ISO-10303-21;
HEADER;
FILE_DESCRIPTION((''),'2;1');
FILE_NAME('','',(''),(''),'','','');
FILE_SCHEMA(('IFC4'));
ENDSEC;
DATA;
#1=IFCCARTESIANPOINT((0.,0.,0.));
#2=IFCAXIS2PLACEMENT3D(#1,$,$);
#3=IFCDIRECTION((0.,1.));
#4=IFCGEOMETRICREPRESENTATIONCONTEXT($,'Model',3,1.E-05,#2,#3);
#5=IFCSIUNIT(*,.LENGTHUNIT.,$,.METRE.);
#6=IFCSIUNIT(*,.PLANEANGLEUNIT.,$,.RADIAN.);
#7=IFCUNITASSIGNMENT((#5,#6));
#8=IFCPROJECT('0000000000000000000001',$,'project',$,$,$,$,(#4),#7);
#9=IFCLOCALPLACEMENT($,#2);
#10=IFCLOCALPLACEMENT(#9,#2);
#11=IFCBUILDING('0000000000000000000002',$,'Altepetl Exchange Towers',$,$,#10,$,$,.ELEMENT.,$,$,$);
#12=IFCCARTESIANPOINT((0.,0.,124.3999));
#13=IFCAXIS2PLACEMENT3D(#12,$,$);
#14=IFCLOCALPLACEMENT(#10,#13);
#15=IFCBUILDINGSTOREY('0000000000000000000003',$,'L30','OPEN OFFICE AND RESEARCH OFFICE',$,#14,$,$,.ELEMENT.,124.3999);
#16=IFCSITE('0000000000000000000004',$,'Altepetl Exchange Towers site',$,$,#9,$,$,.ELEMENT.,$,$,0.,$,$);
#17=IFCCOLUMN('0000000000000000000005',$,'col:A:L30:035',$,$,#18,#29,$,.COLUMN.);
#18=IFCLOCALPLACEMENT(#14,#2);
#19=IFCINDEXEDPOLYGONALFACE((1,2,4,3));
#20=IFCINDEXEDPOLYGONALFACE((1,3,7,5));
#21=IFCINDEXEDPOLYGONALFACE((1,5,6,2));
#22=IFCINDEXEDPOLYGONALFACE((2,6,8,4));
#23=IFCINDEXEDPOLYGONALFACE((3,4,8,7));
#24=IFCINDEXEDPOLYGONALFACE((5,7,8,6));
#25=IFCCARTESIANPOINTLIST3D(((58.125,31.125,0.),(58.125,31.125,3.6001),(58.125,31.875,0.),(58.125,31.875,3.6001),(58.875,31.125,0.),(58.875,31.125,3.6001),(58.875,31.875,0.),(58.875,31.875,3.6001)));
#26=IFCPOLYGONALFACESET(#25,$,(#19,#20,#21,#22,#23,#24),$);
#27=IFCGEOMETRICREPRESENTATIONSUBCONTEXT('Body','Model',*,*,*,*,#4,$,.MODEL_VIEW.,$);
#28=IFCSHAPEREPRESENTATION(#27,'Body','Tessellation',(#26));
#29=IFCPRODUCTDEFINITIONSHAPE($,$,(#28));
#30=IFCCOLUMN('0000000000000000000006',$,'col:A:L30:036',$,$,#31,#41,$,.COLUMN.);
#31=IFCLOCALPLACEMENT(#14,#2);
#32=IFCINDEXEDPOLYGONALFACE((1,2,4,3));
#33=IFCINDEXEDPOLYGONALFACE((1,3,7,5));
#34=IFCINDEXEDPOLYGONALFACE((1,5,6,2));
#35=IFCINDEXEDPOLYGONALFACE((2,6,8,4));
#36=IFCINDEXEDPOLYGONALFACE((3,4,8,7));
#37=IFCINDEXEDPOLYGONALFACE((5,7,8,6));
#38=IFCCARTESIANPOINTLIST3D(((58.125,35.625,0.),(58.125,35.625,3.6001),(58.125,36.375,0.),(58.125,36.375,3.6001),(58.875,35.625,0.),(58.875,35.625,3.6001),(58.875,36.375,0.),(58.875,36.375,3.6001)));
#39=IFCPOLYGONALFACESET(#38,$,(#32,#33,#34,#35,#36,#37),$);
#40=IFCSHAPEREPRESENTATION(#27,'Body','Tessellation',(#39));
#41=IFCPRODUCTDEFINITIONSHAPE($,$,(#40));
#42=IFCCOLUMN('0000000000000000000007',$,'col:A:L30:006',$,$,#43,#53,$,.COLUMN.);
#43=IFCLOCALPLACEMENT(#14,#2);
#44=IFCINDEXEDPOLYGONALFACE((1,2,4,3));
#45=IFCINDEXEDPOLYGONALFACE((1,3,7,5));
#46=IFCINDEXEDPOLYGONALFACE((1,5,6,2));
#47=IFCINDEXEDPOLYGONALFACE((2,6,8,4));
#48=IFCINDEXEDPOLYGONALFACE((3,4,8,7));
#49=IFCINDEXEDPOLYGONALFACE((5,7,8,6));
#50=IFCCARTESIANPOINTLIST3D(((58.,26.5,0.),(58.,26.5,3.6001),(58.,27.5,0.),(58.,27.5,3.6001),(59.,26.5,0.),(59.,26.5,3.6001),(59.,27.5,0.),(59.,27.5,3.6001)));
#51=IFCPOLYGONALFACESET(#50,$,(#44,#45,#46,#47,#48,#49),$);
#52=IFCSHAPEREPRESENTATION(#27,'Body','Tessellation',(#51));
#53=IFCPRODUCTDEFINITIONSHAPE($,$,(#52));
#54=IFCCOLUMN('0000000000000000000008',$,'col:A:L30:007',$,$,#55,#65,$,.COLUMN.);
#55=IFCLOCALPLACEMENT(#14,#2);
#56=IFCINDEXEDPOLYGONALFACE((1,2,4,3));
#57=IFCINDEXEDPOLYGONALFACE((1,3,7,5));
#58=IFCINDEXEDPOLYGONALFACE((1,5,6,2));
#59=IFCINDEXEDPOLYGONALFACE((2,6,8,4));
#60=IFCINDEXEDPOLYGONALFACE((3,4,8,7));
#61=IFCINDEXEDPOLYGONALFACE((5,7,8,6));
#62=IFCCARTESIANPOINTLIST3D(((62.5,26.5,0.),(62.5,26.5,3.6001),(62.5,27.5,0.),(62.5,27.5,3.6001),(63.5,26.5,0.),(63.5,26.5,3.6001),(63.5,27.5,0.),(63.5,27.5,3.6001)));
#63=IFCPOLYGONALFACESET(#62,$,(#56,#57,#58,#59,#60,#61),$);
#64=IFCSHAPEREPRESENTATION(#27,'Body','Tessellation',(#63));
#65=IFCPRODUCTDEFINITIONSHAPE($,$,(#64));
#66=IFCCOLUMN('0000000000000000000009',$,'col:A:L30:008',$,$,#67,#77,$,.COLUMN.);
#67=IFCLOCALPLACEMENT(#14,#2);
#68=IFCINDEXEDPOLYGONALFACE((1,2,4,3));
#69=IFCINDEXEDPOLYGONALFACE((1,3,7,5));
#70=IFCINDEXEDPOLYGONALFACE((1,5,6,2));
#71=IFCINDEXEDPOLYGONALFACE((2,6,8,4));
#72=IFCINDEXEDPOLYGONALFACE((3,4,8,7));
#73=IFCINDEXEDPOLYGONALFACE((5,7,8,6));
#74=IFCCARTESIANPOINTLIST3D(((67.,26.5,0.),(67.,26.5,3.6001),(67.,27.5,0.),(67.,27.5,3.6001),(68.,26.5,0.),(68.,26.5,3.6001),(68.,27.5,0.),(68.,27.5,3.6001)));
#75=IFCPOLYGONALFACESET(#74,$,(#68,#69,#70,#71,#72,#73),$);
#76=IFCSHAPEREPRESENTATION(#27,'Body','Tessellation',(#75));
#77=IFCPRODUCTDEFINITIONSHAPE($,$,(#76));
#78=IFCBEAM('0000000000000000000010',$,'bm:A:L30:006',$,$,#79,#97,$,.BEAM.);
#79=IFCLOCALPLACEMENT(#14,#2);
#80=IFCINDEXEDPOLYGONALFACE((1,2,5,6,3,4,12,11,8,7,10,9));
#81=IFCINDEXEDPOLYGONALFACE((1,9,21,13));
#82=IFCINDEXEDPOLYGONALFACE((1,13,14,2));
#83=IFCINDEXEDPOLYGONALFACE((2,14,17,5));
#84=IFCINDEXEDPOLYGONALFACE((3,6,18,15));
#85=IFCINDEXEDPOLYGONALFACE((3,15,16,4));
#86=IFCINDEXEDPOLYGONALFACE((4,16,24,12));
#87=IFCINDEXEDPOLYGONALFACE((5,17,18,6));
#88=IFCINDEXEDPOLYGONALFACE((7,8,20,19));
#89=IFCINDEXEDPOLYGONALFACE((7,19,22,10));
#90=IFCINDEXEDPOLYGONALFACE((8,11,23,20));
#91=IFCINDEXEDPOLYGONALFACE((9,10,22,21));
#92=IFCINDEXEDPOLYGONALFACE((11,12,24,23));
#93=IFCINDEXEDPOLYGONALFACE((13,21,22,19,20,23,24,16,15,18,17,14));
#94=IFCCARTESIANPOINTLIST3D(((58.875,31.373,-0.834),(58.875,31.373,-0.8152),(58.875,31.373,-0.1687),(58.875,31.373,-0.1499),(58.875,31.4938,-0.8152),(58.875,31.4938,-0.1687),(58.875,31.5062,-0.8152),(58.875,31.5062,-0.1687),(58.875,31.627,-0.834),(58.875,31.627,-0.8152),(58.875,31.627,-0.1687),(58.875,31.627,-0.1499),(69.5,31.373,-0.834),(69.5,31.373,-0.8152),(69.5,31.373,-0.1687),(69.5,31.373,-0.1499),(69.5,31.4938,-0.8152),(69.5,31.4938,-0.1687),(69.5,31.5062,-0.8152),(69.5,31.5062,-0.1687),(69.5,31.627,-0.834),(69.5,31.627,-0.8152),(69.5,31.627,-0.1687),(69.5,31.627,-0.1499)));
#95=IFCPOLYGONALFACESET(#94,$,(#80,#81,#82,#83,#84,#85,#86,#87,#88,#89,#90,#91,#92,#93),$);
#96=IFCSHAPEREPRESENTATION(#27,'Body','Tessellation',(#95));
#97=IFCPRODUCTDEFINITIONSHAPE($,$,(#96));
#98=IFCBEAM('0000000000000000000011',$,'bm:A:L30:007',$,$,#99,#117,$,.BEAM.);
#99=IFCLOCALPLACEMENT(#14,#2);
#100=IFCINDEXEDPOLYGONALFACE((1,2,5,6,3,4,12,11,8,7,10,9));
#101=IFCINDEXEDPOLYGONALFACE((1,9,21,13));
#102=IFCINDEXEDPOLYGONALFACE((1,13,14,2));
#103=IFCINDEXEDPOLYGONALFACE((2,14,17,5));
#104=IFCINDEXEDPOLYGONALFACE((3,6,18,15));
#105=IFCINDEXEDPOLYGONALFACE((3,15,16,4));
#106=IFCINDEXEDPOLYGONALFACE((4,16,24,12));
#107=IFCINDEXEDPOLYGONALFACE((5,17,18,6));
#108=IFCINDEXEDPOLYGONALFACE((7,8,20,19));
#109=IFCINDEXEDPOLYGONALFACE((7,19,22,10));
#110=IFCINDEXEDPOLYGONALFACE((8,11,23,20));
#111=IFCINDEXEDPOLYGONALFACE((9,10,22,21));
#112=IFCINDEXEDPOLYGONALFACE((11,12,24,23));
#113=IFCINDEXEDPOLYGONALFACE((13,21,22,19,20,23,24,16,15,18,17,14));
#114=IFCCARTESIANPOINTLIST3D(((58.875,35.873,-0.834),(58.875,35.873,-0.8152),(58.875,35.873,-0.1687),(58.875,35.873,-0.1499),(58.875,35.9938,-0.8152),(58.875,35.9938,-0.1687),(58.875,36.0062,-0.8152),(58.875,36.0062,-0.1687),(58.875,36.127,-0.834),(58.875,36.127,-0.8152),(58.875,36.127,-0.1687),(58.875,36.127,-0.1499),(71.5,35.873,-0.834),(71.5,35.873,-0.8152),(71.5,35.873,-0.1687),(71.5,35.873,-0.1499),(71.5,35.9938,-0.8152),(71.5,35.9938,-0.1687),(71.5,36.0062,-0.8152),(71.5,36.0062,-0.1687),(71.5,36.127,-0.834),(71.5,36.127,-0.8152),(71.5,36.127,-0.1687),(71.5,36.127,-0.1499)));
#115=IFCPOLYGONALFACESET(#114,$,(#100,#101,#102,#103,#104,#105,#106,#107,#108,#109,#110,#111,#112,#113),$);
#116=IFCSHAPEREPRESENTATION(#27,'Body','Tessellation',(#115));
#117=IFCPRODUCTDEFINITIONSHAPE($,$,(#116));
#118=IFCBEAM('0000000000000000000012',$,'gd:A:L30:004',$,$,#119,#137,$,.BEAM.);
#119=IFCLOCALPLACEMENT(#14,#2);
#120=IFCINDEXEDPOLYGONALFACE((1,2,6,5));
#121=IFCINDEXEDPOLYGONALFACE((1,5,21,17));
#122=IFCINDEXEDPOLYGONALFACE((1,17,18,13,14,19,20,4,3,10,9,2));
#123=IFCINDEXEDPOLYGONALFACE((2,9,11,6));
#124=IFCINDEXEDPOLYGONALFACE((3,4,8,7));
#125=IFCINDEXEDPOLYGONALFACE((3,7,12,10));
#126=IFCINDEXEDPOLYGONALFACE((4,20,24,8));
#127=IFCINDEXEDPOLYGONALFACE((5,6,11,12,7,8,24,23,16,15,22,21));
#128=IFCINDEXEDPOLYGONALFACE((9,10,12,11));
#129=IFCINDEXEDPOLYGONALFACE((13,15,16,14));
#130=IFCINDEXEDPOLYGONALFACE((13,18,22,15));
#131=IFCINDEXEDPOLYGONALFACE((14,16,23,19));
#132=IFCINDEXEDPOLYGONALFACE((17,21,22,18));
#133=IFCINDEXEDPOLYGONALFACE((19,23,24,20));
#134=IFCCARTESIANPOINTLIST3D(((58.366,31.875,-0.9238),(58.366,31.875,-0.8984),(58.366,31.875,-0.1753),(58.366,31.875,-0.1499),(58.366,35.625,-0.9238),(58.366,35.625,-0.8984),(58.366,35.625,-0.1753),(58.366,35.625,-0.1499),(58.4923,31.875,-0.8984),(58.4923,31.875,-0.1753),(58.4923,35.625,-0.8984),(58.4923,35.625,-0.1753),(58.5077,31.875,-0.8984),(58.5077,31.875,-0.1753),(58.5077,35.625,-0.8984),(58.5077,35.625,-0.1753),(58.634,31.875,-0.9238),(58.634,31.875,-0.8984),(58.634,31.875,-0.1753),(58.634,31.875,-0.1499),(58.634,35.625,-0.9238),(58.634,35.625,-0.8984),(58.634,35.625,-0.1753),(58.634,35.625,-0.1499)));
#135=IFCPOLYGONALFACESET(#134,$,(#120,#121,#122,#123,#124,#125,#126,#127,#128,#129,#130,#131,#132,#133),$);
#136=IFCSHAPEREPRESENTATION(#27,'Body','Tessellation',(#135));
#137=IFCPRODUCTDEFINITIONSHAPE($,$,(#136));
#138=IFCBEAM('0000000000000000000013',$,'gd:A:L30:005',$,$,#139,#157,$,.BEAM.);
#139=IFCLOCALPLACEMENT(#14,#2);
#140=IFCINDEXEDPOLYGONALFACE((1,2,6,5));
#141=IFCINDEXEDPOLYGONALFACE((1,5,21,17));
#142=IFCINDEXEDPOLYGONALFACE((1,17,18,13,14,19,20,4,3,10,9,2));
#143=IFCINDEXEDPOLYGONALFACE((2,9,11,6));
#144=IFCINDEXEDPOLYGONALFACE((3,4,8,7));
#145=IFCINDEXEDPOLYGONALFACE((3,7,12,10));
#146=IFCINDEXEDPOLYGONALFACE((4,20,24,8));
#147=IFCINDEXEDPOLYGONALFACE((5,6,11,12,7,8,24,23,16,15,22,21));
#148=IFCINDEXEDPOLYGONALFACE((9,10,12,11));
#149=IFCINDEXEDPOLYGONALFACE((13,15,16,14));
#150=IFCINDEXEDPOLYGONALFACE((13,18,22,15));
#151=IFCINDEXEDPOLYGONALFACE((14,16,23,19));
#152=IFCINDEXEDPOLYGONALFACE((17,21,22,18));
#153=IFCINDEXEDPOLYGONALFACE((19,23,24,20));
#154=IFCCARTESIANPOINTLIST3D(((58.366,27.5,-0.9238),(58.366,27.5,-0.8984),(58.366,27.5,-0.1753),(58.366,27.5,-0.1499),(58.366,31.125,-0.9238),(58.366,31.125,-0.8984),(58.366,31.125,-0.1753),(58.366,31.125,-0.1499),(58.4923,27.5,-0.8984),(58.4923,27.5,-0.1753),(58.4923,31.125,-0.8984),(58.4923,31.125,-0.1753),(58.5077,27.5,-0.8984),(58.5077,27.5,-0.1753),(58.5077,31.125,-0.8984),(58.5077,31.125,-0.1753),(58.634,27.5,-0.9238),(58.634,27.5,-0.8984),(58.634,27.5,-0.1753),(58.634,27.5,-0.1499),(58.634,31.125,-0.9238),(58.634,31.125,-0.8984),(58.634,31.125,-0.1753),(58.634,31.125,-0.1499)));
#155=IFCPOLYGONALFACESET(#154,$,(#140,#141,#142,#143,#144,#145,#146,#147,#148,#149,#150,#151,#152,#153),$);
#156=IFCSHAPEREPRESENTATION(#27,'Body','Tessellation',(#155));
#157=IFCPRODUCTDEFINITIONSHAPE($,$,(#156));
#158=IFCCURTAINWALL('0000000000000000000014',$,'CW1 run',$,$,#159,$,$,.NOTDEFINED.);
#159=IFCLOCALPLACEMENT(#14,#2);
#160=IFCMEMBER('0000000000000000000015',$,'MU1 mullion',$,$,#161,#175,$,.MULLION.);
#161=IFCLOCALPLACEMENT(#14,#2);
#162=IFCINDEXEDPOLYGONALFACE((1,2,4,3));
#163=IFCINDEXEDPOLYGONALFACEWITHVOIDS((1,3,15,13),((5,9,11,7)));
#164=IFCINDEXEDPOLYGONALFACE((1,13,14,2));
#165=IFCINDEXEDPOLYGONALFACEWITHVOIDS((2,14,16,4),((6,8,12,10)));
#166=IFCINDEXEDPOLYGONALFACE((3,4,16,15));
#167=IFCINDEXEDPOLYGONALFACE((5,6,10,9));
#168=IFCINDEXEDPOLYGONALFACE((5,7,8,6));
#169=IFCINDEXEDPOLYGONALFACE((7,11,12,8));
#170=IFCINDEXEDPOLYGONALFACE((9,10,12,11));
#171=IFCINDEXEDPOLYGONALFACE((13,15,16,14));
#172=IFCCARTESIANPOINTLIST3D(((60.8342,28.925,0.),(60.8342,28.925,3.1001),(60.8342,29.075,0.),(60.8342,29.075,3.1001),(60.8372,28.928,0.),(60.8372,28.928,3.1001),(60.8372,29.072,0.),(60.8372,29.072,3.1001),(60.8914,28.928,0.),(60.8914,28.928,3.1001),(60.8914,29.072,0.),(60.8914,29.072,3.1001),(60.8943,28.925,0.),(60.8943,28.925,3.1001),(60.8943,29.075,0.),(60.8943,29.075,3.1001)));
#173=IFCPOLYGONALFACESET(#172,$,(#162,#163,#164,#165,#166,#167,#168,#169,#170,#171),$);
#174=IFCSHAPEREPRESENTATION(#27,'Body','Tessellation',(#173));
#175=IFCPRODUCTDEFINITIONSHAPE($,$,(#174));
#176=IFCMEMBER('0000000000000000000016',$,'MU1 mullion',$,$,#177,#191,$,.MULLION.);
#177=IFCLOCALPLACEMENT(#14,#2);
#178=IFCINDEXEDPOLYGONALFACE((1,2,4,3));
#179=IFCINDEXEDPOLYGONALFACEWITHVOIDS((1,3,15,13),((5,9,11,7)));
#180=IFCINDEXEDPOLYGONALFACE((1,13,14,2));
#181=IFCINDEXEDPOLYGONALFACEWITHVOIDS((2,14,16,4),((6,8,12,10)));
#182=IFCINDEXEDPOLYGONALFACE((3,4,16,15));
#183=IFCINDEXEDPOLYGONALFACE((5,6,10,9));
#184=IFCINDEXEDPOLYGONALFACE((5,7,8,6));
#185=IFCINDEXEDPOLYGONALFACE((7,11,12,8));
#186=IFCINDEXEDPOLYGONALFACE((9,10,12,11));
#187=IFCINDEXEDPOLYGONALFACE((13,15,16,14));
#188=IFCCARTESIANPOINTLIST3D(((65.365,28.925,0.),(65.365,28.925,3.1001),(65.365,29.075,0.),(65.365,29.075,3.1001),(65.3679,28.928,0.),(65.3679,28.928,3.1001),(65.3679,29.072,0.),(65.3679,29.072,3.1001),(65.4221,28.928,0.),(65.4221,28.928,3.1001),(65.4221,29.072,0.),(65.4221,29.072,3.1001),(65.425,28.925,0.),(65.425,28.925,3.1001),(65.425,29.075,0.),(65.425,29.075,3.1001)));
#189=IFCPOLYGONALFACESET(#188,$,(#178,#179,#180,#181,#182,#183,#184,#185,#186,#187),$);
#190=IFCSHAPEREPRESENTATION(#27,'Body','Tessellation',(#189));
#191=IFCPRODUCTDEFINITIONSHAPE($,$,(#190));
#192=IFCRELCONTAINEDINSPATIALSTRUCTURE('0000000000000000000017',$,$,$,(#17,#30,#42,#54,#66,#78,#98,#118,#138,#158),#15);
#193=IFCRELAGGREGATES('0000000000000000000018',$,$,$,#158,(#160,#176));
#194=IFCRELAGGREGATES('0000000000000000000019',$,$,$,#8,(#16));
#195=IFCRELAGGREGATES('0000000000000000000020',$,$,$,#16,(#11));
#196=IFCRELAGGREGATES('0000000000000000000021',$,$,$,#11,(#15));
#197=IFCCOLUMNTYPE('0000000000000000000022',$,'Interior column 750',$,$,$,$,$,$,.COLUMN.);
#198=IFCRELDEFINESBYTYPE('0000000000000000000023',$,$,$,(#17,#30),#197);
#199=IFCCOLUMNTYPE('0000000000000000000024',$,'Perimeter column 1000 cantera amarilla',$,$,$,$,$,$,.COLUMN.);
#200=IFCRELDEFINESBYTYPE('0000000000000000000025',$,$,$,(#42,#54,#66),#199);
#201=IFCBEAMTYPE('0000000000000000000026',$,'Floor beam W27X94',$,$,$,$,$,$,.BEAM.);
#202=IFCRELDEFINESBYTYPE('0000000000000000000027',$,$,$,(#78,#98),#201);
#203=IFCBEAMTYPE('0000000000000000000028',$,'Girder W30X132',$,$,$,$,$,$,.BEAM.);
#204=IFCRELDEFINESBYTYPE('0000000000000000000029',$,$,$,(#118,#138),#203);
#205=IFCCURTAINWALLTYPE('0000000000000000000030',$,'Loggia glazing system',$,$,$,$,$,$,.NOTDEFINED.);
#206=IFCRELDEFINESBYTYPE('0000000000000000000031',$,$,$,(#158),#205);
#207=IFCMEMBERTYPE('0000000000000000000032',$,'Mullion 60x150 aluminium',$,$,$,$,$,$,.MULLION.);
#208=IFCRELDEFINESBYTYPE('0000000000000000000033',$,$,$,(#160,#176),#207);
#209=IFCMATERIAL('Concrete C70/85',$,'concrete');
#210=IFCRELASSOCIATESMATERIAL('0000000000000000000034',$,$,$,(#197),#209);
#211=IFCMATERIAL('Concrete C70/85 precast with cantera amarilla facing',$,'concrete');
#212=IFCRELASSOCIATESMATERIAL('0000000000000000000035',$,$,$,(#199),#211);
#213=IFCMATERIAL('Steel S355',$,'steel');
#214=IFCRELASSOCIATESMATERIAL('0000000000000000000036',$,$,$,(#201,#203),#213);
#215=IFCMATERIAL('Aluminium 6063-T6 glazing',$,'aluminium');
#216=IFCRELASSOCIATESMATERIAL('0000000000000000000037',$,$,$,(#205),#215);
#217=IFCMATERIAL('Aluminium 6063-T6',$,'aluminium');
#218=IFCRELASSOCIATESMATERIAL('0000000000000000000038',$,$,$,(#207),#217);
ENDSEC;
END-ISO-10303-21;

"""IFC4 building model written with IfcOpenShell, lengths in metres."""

from ifc_helpers import new_model, si_unit, direction, frame, origin, origin_2d, place, context, subcontext, project, spatial, rectangle, hollow_rectangle, i_section, extrude, material, material_profile, profile_set, type_object, element, aggregate, save


model = new_model("IFC4")

# Units and contexts
model_context = context("Model", 3, precision=1e-05, world=origin(), true_north=direction((0.0, 1.0)))
body_context = subcontext(model_context, "Body", "Model", "MODEL_VIEW")
ifc_project = project(units=[si_unit("LENGTHUNIT", "METRE"), si_unit("PLANEANGLEUNIT", "RADIAN")], contexts=[model_context])

# Site, building, storey
site_placement = place(None, origin())
site = spatial("IfcSite", under=ifc_project, at=site_placement, Name="Altepetl Exchange Towers site", CompositionType="ELEMENT", RefElevation=0.0)
building_placement = place(site_placement, origin())
building = spatial("IfcBuilding", under=site, at=building_placement, Name="Altepetl Exchange Towers", CompositionType="ELEMENT")
storey_placement = place(building_placement, frame((0.0, 0.0, 124.3999)))
storey = spatial("IfcBuildingStorey", under=building, at=storey_placement, Name="L30", Description="OPEN OFFICE AND RESEARCH OFFICE", CompositionType="ELEMENT", Elevation=124.3999)

# Columns
ifc_material_1 = material(Name="Concrete C70/85", Category="concrete")
ifc_material_profile_1 = material_profile(ifc_material_1, rectangle(XDim=0.75, YDim=0.75, at=origin_2d()), Name="750 x 750")
ifc_profile_set_1 = profile_set([ifc_material_profile_1], Name="Concrete C70/85")
column_type_1 = type_object("IfcColumnType", Name="Interior column 750", PredefinedType="COLUMN", material=ifc_profile_set_1)
for number, where, name in (
    (1, (58.5, 31.5, 0.0), "col:A:L30:035"),
    (2, (58.5, 36.0, 0.0), "col:A:L30:036"),
):
    element("IfcColumn", number, at=place(storey_placement, frame(where)), inside=storey, type_object=column_type_1, Name=name, PredefinedType="COLUMN", context=body_context, shape_type="SweptSolid", body=[
        extrude(rectangle(XDim=0.75, YDim=0.75, at=origin_2d()), origin(), (0.0, 0.0, 1.0), 3.6001),
    ])
ifc_material_2 = material(Name="Concrete C70/85 precast with cantera amarilla facing", Category="concrete")
ifc_material_profile_2 = material_profile(ifc_material_2, rectangle(XDim=1.0, YDim=1.0, at=origin_2d()), Name="1000 x 1000")
ifc_profile_set_2 = profile_set([ifc_material_profile_2], Name="Concrete C70/85 precast with cantera amarilla facing")
column_type_2 = type_object("IfcColumnType", Name="Perimeter column 1000 cantera amarilla", PredefinedType="COLUMN", material=ifc_profile_set_2)
for number, where, name in (
    (3, (58.5, 27.0, 0.0), "col:A:L30:006"),
    (4, (63.0, 27.0, 0.0), "col:A:L30:007"),
    (5, (67.5, 27.0, 0.0), "col:A:L30:008"),
):
    element("IfcColumn", number, at=place(storey_placement, frame(where)), inside=storey, type_object=column_type_2, Name=name, PredefinedType="COLUMN", context=body_context, shape_type="SweptSolid", body=[
        extrude(rectangle(XDim=1.0, YDim=1.0, at=origin_2d()), origin(), (0.0, 0.0, 1.0), 3.6001),
    ])

# Beams
ifc_material_3 = material(Name="Steel S355", Category="steel")
ifc_material_profile_3 = material_profile(ifc_material_3, i_section(OverallWidth=0.2539, OverallDepth=0.6841, WebThickness=0.0125, FlangeThickness=0.0188, at=origin_2d()), Name="W27X94")
ifc_profile_set_3 = profile_set([ifc_material_profile_3], Name="Steel S355")
beam_type_1 = type_object("IfcBeamType", Name="Floor beam W27X94", PredefinedType="BEAM", material=ifc_profile_set_3)
beam_1_placement = place(storey_placement, frame((58.875, 31.5, -0.4919), z_axis=(1.0, 0.0, 0.0), x_axis=(0.0, 1.0, 0.0)))
element("IfcBeam", 6, at=beam_1_placement, inside=storey, type_object=beam_type_1, Name="bm:A:L30:006", PredefinedType="BEAM", context=body_context, shape_type="SweptSolid", body=[
    extrude(i_section(OverallWidth=0.2539, OverallDepth=0.6841, WebThickness=0.0125, FlangeThickness=0.0188, at=origin_2d()), origin(), (0.0, 0.0, 1.0), 10.625),
])
beam_2_placement = place(storey_placement, frame((58.875, 36.0, -0.4919), z_axis=(1.0, 0.0, 0.0), x_axis=(0.0, 1.0, 0.0)))
element("IfcBeam", 7, at=beam_2_placement, inside=storey, type_object=beam_type_1, Name="bm:A:L30:007", PredefinedType="BEAM", context=body_context, shape_type="SweptSolid", body=[
    extrude(i_section(OverallWidth=0.2539, OverallDepth=0.6841, WebThickness=0.0125, FlangeThickness=0.0188, at=origin_2d()), origin(), (0.0, 0.0, 1.0), 12.625),
])
ifc_material_profile_4 = material_profile(ifc_material_3, i_section(OverallWidth=0.2681, OverallDepth=0.7739, WebThickness=0.0154, FlangeThickness=0.0254, at=origin_2d()), Name="W30X132")
ifc_profile_set_4 = profile_set([ifc_material_profile_4], Name="Steel S355")
beam_type_2 = type_object("IfcBeamType", Name="Girder W30X132", PredefinedType="BEAM", material=ifc_profile_set_4)
beam_3_placement = place(storey_placement, frame((58.5, 35.625, -0.5369), z_axis=(0.0, -1.0, 0.0), x_axis=(1.0, 0.0, 0.0)))
element("IfcBeam", 8, at=beam_3_placement, inside=storey, type_object=beam_type_2, Name="gd:A:L30:004", PredefinedType="BEAM", context=body_context, shape_type="SweptSolid", body=[
    extrude(i_section(OverallWidth=0.2681, OverallDepth=0.7739, WebThickness=0.0154, FlangeThickness=0.0254, at=origin_2d()), origin(), (0.0, 0.0, 1.0), 3.75),
])
beam_4_placement = place(storey_placement, frame((58.5, 31.125, -0.5369), z_axis=(0.0, -1.0, 0.0), x_axis=(1.0, 0.0, 0.0)))
element("IfcBeam", 9, at=beam_4_placement, inside=storey, type_object=beam_type_2, Name="gd:A:L30:005", PredefinedType="BEAM", context=body_context, shape_type="SweptSolid", body=[
    extrude(i_section(OverallWidth=0.2681, OverallDepth=0.7739, WebThickness=0.0154, FlangeThickness=0.0254, at=origin_2d()), origin(), (0.0, 0.0, 1.0), 3.625),
])

# Curtain wall, members
ifc_material_4 = material(Name="Aluminium 6063-T6 glazing", Category="aluminium")
curtain_wall_type = type_object("IfcCurtainWallType", Name="Loggia glazing system", PredefinedType="NOTDEFINED", material=ifc_material_4)
curtain_wall_1_placement = place(storey_placement, origin())
curtain_wall_1 = element("IfcCurtainWall", 10, at=curtain_wall_1_placement, inside=storey, type_object=curtain_wall_type, Name="CW1 run", PredefinedType="NOTDEFINED")
ifc_material_5 = material(Name="Aluminium 6063-T6", Category="aluminium")
ifc_material_profile_5 = material_profile(ifc_material_5, hollow_rectangle(XDim=0.0601, YDim=0.1499, WallThickness=0.0029, at=origin_2d()), Name="Mullion 60x150 aluminium")
ifc_profile_set_5 = profile_set([ifc_material_profile_5], Name="Aluminium 6063-T6")
member_type = type_object("IfcMemberType", Name="Mullion 60x150 aluminium", PredefinedType="MULLION", material=ifc_profile_set_5)
member_1_placement = place(storey_placement, frame((60.8643, 29.0, 0.0)))
member_1 = element("IfcMember", 11, at=member_1_placement, type_object=member_type, Name="MU1 mullion", PredefinedType="MULLION", context=body_context, shape_type="SweptSolid", body=[
    extrude(hollow_rectangle(XDim=0.0601, YDim=0.1499, WallThickness=0.0029, at=origin_2d()), origin(), (0.0, 0.0, 1.0), 3.1001),
])
member_2_placement = place(storey_placement, frame((65.395, 29.0, 0.0)))
member_2 = element("IfcMember", 12, at=member_2_placement, type_object=member_type, Name="MU1 mullion", PredefinedType="MULLION", context=body_context, shape_type="SweptSolid", body=[
    extrude(hollow_rectangle(XDim=0.0601, YDim=0.1499, WallThickness=0.0029, at=origin_2d()), origin(), (0.0, 0.0, 1.0), 3.1001),
])

aggregate(curtain_wall_1, [member_1, member_2])

save(model, "model.ifc")
